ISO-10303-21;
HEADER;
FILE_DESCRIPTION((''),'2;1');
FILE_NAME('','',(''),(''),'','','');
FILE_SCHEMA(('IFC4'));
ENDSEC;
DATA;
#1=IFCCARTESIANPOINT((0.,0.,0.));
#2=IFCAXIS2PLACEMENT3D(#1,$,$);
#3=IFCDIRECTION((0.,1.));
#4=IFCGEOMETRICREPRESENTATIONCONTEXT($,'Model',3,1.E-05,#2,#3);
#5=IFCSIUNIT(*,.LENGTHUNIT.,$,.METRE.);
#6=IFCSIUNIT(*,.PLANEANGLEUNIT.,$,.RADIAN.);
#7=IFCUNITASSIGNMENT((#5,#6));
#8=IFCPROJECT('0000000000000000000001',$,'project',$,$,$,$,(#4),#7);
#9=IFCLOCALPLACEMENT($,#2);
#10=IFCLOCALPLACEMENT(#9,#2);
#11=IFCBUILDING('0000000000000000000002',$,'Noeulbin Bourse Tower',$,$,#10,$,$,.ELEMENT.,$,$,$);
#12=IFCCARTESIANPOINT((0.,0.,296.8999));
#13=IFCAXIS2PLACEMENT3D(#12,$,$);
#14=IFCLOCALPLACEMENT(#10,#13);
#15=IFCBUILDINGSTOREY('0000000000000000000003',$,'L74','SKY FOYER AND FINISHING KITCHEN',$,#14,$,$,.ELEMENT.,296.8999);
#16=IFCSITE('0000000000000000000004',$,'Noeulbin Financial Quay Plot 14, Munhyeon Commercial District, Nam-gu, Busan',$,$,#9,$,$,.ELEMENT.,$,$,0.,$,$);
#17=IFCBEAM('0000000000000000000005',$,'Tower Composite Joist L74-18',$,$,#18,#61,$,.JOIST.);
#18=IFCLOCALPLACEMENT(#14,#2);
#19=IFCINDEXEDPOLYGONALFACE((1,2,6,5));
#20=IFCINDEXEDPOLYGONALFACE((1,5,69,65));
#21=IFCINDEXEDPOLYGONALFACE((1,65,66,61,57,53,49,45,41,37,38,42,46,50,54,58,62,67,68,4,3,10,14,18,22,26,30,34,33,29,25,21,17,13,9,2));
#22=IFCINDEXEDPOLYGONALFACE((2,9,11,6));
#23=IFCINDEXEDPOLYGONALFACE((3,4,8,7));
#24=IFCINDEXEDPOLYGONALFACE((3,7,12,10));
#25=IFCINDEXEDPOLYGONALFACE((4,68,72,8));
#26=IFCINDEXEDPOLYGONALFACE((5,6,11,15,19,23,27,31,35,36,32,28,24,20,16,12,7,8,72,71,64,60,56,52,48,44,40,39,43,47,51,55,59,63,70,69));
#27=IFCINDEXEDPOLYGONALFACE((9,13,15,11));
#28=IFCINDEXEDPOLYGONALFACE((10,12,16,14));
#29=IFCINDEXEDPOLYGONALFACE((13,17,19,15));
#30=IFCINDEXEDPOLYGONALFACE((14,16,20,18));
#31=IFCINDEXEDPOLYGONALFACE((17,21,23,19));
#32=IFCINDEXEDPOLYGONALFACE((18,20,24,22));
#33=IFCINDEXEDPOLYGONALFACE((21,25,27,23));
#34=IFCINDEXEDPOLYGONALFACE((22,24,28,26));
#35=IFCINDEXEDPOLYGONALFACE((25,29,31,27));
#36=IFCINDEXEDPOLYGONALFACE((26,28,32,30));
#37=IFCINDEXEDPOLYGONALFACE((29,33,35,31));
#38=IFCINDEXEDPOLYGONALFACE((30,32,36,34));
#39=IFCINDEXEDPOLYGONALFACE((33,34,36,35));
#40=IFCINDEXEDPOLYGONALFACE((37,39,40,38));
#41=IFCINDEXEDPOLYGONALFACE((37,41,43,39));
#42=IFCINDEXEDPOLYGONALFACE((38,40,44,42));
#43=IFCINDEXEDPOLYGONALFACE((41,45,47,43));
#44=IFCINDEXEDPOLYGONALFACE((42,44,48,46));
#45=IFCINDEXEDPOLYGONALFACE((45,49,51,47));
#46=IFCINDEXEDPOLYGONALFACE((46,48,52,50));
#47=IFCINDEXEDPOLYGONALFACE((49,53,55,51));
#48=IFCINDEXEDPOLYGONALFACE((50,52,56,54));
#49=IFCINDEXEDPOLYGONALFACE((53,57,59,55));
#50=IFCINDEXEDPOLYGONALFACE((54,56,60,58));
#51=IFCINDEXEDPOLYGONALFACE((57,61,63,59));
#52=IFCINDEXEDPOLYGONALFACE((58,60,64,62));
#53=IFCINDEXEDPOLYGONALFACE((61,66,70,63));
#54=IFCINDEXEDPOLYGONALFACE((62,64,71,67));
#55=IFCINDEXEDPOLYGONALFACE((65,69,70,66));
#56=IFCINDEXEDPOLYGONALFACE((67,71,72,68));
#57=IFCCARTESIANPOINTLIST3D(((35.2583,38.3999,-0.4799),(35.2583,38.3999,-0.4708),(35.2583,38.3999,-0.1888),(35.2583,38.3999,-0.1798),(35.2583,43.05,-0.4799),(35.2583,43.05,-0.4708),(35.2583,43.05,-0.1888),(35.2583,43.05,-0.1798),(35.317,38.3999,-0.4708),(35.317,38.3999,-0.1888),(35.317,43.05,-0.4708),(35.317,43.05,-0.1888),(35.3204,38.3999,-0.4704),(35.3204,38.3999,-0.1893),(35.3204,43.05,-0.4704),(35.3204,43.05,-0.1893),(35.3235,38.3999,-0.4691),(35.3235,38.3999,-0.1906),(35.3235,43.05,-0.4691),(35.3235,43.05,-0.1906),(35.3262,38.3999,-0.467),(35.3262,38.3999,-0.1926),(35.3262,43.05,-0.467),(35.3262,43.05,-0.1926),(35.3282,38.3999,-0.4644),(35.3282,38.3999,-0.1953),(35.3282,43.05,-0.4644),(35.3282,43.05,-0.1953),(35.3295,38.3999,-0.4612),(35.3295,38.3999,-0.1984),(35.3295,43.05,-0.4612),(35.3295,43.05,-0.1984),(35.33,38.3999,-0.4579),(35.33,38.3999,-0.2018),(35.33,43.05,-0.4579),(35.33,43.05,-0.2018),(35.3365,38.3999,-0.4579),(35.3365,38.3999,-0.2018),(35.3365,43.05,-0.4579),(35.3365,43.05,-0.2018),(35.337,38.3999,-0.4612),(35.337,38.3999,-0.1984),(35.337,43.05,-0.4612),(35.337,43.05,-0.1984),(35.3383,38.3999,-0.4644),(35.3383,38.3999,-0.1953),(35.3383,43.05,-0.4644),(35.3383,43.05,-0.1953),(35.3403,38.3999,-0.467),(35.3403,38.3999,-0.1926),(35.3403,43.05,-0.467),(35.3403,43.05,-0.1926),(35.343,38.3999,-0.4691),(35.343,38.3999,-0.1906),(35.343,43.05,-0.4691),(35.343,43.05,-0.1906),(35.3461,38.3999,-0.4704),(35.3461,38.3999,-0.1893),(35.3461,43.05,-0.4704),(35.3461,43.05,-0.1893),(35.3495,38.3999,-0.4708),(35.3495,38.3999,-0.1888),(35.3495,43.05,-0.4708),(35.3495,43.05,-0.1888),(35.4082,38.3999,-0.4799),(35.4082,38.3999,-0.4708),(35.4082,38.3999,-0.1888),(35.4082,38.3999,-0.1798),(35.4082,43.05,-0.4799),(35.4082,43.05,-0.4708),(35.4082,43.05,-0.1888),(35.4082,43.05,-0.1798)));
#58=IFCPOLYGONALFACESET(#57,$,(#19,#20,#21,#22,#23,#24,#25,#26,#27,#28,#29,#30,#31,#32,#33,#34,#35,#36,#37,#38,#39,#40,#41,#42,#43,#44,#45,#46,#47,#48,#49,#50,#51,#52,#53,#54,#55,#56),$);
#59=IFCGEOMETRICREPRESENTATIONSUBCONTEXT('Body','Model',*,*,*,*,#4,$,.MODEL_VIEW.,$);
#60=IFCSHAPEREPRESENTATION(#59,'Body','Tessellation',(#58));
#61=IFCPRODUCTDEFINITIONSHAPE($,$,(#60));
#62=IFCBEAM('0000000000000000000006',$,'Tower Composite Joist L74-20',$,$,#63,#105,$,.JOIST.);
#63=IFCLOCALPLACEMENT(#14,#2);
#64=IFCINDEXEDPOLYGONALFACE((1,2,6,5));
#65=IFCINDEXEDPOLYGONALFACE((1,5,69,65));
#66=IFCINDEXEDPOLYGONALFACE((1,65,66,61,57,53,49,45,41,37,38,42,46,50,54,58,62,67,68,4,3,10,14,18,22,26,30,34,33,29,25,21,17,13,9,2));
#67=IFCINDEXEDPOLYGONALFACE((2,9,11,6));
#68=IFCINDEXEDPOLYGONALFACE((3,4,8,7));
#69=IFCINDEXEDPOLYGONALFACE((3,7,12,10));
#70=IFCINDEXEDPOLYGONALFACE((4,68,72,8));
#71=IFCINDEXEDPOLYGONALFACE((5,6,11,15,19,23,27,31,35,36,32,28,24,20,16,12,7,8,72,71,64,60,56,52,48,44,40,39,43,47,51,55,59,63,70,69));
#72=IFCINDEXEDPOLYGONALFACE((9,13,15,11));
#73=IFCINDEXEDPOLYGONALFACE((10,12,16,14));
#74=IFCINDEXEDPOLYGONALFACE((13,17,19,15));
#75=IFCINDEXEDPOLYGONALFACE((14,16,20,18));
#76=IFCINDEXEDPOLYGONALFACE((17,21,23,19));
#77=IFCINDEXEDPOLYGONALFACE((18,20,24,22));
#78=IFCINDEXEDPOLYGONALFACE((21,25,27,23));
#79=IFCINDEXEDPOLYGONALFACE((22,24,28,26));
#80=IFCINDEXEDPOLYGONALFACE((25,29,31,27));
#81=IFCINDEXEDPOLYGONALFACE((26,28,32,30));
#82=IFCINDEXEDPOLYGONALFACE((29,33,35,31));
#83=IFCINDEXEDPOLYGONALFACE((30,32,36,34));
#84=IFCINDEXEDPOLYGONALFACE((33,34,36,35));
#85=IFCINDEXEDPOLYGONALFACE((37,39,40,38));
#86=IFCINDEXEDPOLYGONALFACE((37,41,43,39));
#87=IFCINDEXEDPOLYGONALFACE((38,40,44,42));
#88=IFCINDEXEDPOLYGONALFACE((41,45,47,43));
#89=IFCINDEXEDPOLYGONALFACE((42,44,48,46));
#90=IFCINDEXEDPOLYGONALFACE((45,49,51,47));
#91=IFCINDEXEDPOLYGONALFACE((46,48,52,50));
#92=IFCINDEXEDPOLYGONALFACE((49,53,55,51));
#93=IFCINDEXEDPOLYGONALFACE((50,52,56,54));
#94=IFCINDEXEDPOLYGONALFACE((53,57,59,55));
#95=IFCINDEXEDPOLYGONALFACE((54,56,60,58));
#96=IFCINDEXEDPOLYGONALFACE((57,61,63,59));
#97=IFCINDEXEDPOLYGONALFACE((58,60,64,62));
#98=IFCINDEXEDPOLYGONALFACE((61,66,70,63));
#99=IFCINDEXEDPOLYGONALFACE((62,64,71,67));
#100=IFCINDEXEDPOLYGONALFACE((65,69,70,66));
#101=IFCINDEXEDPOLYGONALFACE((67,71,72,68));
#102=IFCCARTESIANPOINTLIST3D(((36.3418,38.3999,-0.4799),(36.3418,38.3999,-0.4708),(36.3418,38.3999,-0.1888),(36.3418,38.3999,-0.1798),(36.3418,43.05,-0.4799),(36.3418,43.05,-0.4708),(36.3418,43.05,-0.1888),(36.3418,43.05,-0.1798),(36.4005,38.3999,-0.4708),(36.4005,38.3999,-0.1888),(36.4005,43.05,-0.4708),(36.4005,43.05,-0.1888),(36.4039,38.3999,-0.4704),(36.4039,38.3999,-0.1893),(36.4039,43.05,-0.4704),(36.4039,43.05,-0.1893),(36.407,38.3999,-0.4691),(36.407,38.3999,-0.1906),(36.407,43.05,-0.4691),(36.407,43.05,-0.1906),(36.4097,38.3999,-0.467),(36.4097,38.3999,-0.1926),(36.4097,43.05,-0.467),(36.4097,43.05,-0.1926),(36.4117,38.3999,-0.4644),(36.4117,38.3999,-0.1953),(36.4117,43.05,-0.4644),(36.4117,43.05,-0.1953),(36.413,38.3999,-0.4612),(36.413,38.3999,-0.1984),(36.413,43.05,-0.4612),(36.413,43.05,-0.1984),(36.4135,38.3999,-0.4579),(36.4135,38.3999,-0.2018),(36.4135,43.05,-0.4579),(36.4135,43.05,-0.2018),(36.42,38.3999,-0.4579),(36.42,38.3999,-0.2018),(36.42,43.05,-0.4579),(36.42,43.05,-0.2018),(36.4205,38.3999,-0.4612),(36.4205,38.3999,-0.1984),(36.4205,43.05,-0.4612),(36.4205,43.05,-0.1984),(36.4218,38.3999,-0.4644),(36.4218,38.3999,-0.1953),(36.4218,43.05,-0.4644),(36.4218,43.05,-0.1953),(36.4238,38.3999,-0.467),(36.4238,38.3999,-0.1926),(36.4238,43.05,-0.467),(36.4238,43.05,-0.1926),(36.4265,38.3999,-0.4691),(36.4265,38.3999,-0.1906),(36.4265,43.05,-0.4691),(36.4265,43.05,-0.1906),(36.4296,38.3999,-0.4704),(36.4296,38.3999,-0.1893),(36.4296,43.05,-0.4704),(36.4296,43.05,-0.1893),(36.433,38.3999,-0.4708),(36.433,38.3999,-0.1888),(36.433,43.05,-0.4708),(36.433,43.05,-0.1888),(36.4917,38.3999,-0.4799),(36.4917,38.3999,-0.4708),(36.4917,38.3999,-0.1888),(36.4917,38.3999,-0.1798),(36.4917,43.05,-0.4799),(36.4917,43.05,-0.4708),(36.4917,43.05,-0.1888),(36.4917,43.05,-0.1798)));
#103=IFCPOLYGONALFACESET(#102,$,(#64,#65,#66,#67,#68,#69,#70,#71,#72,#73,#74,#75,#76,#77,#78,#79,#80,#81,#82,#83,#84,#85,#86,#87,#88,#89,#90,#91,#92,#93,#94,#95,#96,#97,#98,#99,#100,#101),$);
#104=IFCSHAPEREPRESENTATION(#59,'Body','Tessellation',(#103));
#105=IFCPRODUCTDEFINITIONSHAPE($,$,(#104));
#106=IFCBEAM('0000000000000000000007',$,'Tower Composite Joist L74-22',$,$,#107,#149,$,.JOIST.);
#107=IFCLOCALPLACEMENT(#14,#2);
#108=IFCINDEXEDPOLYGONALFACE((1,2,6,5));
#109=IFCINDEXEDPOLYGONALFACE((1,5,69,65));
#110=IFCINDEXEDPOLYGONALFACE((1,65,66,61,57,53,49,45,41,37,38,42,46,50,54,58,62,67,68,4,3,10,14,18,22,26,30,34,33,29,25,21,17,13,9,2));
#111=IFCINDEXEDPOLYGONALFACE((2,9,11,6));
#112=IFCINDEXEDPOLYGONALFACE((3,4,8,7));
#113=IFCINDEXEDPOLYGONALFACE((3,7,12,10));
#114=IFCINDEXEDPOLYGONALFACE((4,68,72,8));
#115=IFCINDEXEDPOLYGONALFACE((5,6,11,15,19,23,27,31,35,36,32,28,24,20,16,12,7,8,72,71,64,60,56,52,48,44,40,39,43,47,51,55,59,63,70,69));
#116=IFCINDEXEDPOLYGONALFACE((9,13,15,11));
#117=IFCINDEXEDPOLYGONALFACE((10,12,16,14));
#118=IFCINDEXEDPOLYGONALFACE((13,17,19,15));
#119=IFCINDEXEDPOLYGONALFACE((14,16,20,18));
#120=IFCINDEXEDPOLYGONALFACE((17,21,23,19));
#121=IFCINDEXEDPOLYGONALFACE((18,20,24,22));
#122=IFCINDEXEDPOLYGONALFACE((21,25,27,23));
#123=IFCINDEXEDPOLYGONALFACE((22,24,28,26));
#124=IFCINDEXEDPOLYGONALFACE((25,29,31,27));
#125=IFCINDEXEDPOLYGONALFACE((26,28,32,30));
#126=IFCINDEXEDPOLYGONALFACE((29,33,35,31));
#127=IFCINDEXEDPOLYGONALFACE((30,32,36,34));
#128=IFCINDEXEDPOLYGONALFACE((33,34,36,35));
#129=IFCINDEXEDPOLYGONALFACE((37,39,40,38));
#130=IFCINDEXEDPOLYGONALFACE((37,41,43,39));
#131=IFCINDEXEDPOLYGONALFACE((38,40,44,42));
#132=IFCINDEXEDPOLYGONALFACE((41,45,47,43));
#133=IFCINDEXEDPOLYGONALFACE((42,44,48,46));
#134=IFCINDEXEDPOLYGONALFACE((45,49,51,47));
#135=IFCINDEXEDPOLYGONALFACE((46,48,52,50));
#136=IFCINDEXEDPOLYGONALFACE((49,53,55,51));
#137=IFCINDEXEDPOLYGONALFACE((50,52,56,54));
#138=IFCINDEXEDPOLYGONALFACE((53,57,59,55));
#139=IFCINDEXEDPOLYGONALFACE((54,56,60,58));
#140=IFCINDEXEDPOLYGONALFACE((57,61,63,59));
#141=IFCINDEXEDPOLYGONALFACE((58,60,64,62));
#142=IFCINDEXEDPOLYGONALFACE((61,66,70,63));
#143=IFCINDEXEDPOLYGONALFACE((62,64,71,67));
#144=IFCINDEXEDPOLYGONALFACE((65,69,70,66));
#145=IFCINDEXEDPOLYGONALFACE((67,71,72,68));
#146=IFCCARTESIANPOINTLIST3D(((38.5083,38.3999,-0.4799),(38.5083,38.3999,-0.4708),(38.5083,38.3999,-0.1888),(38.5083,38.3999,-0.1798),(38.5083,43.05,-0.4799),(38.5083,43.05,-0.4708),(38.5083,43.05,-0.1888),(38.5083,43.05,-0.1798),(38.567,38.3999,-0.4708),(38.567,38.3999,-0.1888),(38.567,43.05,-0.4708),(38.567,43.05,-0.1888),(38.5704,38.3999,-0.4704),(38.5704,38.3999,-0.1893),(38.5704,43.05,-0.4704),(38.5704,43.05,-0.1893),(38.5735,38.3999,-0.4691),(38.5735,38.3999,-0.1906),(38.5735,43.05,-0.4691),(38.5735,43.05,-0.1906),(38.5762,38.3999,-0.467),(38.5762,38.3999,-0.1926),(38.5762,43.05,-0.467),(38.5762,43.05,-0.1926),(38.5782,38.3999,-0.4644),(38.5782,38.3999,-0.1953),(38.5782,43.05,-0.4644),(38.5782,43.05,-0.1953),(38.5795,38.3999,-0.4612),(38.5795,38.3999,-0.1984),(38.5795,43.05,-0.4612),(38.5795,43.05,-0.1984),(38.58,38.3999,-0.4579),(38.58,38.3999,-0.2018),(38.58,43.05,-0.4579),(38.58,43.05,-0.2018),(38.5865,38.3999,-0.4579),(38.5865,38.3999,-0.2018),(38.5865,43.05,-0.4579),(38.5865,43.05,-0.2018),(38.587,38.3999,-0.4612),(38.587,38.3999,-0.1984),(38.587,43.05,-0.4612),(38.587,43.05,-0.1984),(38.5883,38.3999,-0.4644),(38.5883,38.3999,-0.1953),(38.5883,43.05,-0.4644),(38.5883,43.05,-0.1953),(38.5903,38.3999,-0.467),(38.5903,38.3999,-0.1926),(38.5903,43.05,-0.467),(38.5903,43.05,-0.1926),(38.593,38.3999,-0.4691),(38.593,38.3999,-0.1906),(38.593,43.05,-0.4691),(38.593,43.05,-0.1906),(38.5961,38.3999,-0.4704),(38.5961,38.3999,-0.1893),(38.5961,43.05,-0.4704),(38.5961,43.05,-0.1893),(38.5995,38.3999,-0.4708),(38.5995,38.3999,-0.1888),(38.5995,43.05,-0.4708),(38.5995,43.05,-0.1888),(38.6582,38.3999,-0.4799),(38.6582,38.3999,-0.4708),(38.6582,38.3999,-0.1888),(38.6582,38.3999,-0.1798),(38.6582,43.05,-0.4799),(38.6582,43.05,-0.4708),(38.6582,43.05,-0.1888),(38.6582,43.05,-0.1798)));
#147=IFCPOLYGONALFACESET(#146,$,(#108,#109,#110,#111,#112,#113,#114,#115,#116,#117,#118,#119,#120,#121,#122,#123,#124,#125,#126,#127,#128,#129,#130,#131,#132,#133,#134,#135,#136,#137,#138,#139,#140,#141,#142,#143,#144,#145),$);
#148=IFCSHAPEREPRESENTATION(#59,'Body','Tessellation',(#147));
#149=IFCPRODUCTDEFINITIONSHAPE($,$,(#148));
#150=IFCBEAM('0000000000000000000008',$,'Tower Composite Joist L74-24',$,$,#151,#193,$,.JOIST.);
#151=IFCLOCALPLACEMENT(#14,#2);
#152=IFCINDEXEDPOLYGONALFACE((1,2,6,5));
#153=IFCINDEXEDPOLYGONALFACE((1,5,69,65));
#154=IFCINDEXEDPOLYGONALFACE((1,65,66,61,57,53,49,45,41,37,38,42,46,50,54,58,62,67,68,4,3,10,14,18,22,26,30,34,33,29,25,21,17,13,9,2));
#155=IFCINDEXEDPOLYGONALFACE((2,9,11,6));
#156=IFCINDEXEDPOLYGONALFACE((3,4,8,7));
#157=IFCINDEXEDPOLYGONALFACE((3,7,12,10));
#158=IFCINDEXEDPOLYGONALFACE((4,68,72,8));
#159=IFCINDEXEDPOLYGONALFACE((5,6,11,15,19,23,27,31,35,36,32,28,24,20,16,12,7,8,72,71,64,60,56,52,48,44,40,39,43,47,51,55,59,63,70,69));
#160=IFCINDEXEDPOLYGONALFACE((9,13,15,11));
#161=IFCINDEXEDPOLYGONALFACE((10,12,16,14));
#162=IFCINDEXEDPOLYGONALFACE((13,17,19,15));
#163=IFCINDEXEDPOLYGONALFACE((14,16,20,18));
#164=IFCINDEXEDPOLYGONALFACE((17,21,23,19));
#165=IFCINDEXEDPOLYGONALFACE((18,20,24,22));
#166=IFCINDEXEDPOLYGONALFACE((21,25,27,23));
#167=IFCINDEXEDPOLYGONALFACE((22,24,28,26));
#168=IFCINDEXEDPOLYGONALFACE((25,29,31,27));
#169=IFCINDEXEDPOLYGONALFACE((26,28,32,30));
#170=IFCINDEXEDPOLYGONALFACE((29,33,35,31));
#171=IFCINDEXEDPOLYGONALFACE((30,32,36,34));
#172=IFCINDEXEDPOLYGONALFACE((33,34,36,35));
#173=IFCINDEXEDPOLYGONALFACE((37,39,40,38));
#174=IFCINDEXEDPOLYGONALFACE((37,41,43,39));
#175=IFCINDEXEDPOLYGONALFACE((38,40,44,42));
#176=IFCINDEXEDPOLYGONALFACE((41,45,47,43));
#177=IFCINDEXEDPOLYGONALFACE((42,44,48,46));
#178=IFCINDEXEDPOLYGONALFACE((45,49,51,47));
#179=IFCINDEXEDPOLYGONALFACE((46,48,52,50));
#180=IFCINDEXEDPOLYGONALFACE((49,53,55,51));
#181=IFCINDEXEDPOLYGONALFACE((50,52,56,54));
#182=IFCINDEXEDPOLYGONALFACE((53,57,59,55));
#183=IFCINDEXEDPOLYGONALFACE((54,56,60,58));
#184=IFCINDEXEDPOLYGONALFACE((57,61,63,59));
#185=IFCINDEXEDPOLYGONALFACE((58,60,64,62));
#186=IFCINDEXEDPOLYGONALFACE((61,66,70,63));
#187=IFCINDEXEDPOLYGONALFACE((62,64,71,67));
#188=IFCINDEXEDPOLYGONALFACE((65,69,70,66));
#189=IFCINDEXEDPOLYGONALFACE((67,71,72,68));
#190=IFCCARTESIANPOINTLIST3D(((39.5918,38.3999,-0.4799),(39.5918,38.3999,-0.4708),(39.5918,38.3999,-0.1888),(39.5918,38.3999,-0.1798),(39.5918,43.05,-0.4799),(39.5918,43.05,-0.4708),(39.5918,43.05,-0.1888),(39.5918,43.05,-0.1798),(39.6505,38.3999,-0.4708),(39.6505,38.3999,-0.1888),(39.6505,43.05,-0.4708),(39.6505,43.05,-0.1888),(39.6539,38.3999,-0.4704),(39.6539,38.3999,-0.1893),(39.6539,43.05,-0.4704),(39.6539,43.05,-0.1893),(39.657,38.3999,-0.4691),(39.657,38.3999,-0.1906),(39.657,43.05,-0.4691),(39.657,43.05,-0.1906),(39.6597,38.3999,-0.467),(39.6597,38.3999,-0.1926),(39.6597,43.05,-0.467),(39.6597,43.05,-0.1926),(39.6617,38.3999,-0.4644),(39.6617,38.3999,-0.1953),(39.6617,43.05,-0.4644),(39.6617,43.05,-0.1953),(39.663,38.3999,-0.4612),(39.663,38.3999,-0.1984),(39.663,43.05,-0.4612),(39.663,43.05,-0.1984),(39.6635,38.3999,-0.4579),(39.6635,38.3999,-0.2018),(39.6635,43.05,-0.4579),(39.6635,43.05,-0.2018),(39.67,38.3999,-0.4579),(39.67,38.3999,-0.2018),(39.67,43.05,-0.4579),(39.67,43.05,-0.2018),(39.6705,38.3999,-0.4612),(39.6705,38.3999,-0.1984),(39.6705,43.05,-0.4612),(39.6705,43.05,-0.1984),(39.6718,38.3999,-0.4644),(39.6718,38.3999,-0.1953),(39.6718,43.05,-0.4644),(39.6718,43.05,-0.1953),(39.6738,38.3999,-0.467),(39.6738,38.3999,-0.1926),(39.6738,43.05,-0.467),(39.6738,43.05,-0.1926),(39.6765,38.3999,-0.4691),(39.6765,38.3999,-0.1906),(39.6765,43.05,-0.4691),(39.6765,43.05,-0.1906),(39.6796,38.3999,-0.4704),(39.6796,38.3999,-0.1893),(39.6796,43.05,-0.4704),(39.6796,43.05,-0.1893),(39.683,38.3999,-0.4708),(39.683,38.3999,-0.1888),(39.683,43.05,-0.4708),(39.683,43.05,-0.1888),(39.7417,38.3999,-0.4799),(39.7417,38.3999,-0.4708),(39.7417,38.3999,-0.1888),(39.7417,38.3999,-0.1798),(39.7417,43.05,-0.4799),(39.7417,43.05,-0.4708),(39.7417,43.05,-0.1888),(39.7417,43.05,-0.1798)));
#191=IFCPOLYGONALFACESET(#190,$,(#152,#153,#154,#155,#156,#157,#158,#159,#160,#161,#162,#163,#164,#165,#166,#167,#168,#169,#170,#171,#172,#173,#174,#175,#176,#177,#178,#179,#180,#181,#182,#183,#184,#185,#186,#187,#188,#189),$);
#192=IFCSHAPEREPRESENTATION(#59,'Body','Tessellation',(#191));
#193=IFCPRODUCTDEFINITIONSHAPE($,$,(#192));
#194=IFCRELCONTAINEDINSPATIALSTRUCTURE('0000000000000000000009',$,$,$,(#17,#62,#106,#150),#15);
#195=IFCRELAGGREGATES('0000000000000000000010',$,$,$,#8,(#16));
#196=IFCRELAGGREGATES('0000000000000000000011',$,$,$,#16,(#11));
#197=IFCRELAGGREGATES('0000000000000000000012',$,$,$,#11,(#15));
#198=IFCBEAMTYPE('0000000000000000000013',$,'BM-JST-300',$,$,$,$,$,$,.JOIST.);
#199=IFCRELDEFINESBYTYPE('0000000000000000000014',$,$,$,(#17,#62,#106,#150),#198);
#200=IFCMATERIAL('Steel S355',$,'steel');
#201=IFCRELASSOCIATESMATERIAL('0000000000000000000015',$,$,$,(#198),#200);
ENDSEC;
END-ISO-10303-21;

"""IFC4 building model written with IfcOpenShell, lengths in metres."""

from ifc_helpers import new_model, si_unit, direction, frame, origin, origin_2d, place, context, subcontext, project, spatial, i_section, extrude, material, material_profile, profile_set, type_object, element, save


model = new_model("IFC4")

# Units and contexts
model_context = context("Model", 3, precision=1e-05, world=origin(), true_north=direction((0.0, 1.0)))
body_context = subcontext(model_context, "Body", "Model", "MODEL_VIEW")
ifc_project = project(units=[si_unit("LENGTHUNIT", "METRE"), si_unit("PLANEANGLEUNIT", "RADIAN")], contexts=[model_context])

# Site, building, storey
site_placement = place(None, origin())
site = spatial("IfcSite", under=ifc_project, at=site_placement, Name="Noeulbin Financial Quay Plot 14, Munhyeon Commercial District, Nam-gu, Busan", CompositionType="ELEMENT", RefElevation=0.0)
building_placement = place(site_placement, origin())
building = spatial("IfcBuilding", under=site, at=building_placement, Name="Noeulbin Bourse Tower", CompositionType="ELEMENT")
storey_placement = place(building_placement, frame((0.0, 0.0, 296.8999)))
storey = spatial("IfcBuildingStorey", under=building, at=storey_placement, Name="L74", Description="SKY FOYER AND FINISHING KITCHEN", CompositionType="ELEMENT", Elevation=296.8999)

# Shared definitions
ifc_material_1 = material(Name="Steel S355", Category="steel")

# Beams
ifc_material_profile_1 = material_profile(ifc_material_1, i_section(OverallWidth=0.1499, OverallDepth=0.3, WebThickness=0.0066, FlangeThickness=0.009, FilletRadius=0.0129, at=origin_2d()), Name="H-300x150x6.5x9", Category="LoadBearing")
ifc_profile_set_1 = profile_set([ifc_material_profile_1], Name="Steel S355")
beam_type_1 = type_object("IfcBeamType", Name="BM-JST-300", PredefinedType="JOIST", material=ifc_profile_set_1)
for number, where, z_axis, x_axis, name in (
    (1, (35.3333, 38.3999, -0.3298), (0.0, 1.0, 0.0), (-1.0, 0.0, 0.0), "Tower Composite Joist L74-18"),
    (2, (36.4167, 38.3999, -0.3298), (0.0, 1.0, 0.0), (-1.0, 0.0, 0.0), "Tower Composite Joist L74-20"),
    (3, (38.5833, 38.3999, -0.3298), (0.0, 1.0, 0.0), (-1.0, 0.0, 0.0), "Tower Composite Joist L74-22"),
    (4, (39.6667, 38.3999, -0.3298), (0.0, 1.0, 0.0), (-1.0, 0.0, 0.0), "Tower Composite Joist L74-24"),
):
    element("IfcBeam", number, at=place(storey_placement, frame(where, z_axis=z_axis, x_axis=x_axis)), inside=storey, type_object=beam_type_1, Name=name, PredefinedType="JOIST", context=body_context, shape_type="SweptSolid", body=[
        extrude(i_section(OverallWidth=0.1499, OverallDepth=0.3, WebThickness=0.0066, FlangeThickness=0.009, FilletRadius=0.0129, at=origin_2d()), origin(), (0.0, 0.0, 1.0), 4.6501),
    ])

save(model, "model.ifc")
